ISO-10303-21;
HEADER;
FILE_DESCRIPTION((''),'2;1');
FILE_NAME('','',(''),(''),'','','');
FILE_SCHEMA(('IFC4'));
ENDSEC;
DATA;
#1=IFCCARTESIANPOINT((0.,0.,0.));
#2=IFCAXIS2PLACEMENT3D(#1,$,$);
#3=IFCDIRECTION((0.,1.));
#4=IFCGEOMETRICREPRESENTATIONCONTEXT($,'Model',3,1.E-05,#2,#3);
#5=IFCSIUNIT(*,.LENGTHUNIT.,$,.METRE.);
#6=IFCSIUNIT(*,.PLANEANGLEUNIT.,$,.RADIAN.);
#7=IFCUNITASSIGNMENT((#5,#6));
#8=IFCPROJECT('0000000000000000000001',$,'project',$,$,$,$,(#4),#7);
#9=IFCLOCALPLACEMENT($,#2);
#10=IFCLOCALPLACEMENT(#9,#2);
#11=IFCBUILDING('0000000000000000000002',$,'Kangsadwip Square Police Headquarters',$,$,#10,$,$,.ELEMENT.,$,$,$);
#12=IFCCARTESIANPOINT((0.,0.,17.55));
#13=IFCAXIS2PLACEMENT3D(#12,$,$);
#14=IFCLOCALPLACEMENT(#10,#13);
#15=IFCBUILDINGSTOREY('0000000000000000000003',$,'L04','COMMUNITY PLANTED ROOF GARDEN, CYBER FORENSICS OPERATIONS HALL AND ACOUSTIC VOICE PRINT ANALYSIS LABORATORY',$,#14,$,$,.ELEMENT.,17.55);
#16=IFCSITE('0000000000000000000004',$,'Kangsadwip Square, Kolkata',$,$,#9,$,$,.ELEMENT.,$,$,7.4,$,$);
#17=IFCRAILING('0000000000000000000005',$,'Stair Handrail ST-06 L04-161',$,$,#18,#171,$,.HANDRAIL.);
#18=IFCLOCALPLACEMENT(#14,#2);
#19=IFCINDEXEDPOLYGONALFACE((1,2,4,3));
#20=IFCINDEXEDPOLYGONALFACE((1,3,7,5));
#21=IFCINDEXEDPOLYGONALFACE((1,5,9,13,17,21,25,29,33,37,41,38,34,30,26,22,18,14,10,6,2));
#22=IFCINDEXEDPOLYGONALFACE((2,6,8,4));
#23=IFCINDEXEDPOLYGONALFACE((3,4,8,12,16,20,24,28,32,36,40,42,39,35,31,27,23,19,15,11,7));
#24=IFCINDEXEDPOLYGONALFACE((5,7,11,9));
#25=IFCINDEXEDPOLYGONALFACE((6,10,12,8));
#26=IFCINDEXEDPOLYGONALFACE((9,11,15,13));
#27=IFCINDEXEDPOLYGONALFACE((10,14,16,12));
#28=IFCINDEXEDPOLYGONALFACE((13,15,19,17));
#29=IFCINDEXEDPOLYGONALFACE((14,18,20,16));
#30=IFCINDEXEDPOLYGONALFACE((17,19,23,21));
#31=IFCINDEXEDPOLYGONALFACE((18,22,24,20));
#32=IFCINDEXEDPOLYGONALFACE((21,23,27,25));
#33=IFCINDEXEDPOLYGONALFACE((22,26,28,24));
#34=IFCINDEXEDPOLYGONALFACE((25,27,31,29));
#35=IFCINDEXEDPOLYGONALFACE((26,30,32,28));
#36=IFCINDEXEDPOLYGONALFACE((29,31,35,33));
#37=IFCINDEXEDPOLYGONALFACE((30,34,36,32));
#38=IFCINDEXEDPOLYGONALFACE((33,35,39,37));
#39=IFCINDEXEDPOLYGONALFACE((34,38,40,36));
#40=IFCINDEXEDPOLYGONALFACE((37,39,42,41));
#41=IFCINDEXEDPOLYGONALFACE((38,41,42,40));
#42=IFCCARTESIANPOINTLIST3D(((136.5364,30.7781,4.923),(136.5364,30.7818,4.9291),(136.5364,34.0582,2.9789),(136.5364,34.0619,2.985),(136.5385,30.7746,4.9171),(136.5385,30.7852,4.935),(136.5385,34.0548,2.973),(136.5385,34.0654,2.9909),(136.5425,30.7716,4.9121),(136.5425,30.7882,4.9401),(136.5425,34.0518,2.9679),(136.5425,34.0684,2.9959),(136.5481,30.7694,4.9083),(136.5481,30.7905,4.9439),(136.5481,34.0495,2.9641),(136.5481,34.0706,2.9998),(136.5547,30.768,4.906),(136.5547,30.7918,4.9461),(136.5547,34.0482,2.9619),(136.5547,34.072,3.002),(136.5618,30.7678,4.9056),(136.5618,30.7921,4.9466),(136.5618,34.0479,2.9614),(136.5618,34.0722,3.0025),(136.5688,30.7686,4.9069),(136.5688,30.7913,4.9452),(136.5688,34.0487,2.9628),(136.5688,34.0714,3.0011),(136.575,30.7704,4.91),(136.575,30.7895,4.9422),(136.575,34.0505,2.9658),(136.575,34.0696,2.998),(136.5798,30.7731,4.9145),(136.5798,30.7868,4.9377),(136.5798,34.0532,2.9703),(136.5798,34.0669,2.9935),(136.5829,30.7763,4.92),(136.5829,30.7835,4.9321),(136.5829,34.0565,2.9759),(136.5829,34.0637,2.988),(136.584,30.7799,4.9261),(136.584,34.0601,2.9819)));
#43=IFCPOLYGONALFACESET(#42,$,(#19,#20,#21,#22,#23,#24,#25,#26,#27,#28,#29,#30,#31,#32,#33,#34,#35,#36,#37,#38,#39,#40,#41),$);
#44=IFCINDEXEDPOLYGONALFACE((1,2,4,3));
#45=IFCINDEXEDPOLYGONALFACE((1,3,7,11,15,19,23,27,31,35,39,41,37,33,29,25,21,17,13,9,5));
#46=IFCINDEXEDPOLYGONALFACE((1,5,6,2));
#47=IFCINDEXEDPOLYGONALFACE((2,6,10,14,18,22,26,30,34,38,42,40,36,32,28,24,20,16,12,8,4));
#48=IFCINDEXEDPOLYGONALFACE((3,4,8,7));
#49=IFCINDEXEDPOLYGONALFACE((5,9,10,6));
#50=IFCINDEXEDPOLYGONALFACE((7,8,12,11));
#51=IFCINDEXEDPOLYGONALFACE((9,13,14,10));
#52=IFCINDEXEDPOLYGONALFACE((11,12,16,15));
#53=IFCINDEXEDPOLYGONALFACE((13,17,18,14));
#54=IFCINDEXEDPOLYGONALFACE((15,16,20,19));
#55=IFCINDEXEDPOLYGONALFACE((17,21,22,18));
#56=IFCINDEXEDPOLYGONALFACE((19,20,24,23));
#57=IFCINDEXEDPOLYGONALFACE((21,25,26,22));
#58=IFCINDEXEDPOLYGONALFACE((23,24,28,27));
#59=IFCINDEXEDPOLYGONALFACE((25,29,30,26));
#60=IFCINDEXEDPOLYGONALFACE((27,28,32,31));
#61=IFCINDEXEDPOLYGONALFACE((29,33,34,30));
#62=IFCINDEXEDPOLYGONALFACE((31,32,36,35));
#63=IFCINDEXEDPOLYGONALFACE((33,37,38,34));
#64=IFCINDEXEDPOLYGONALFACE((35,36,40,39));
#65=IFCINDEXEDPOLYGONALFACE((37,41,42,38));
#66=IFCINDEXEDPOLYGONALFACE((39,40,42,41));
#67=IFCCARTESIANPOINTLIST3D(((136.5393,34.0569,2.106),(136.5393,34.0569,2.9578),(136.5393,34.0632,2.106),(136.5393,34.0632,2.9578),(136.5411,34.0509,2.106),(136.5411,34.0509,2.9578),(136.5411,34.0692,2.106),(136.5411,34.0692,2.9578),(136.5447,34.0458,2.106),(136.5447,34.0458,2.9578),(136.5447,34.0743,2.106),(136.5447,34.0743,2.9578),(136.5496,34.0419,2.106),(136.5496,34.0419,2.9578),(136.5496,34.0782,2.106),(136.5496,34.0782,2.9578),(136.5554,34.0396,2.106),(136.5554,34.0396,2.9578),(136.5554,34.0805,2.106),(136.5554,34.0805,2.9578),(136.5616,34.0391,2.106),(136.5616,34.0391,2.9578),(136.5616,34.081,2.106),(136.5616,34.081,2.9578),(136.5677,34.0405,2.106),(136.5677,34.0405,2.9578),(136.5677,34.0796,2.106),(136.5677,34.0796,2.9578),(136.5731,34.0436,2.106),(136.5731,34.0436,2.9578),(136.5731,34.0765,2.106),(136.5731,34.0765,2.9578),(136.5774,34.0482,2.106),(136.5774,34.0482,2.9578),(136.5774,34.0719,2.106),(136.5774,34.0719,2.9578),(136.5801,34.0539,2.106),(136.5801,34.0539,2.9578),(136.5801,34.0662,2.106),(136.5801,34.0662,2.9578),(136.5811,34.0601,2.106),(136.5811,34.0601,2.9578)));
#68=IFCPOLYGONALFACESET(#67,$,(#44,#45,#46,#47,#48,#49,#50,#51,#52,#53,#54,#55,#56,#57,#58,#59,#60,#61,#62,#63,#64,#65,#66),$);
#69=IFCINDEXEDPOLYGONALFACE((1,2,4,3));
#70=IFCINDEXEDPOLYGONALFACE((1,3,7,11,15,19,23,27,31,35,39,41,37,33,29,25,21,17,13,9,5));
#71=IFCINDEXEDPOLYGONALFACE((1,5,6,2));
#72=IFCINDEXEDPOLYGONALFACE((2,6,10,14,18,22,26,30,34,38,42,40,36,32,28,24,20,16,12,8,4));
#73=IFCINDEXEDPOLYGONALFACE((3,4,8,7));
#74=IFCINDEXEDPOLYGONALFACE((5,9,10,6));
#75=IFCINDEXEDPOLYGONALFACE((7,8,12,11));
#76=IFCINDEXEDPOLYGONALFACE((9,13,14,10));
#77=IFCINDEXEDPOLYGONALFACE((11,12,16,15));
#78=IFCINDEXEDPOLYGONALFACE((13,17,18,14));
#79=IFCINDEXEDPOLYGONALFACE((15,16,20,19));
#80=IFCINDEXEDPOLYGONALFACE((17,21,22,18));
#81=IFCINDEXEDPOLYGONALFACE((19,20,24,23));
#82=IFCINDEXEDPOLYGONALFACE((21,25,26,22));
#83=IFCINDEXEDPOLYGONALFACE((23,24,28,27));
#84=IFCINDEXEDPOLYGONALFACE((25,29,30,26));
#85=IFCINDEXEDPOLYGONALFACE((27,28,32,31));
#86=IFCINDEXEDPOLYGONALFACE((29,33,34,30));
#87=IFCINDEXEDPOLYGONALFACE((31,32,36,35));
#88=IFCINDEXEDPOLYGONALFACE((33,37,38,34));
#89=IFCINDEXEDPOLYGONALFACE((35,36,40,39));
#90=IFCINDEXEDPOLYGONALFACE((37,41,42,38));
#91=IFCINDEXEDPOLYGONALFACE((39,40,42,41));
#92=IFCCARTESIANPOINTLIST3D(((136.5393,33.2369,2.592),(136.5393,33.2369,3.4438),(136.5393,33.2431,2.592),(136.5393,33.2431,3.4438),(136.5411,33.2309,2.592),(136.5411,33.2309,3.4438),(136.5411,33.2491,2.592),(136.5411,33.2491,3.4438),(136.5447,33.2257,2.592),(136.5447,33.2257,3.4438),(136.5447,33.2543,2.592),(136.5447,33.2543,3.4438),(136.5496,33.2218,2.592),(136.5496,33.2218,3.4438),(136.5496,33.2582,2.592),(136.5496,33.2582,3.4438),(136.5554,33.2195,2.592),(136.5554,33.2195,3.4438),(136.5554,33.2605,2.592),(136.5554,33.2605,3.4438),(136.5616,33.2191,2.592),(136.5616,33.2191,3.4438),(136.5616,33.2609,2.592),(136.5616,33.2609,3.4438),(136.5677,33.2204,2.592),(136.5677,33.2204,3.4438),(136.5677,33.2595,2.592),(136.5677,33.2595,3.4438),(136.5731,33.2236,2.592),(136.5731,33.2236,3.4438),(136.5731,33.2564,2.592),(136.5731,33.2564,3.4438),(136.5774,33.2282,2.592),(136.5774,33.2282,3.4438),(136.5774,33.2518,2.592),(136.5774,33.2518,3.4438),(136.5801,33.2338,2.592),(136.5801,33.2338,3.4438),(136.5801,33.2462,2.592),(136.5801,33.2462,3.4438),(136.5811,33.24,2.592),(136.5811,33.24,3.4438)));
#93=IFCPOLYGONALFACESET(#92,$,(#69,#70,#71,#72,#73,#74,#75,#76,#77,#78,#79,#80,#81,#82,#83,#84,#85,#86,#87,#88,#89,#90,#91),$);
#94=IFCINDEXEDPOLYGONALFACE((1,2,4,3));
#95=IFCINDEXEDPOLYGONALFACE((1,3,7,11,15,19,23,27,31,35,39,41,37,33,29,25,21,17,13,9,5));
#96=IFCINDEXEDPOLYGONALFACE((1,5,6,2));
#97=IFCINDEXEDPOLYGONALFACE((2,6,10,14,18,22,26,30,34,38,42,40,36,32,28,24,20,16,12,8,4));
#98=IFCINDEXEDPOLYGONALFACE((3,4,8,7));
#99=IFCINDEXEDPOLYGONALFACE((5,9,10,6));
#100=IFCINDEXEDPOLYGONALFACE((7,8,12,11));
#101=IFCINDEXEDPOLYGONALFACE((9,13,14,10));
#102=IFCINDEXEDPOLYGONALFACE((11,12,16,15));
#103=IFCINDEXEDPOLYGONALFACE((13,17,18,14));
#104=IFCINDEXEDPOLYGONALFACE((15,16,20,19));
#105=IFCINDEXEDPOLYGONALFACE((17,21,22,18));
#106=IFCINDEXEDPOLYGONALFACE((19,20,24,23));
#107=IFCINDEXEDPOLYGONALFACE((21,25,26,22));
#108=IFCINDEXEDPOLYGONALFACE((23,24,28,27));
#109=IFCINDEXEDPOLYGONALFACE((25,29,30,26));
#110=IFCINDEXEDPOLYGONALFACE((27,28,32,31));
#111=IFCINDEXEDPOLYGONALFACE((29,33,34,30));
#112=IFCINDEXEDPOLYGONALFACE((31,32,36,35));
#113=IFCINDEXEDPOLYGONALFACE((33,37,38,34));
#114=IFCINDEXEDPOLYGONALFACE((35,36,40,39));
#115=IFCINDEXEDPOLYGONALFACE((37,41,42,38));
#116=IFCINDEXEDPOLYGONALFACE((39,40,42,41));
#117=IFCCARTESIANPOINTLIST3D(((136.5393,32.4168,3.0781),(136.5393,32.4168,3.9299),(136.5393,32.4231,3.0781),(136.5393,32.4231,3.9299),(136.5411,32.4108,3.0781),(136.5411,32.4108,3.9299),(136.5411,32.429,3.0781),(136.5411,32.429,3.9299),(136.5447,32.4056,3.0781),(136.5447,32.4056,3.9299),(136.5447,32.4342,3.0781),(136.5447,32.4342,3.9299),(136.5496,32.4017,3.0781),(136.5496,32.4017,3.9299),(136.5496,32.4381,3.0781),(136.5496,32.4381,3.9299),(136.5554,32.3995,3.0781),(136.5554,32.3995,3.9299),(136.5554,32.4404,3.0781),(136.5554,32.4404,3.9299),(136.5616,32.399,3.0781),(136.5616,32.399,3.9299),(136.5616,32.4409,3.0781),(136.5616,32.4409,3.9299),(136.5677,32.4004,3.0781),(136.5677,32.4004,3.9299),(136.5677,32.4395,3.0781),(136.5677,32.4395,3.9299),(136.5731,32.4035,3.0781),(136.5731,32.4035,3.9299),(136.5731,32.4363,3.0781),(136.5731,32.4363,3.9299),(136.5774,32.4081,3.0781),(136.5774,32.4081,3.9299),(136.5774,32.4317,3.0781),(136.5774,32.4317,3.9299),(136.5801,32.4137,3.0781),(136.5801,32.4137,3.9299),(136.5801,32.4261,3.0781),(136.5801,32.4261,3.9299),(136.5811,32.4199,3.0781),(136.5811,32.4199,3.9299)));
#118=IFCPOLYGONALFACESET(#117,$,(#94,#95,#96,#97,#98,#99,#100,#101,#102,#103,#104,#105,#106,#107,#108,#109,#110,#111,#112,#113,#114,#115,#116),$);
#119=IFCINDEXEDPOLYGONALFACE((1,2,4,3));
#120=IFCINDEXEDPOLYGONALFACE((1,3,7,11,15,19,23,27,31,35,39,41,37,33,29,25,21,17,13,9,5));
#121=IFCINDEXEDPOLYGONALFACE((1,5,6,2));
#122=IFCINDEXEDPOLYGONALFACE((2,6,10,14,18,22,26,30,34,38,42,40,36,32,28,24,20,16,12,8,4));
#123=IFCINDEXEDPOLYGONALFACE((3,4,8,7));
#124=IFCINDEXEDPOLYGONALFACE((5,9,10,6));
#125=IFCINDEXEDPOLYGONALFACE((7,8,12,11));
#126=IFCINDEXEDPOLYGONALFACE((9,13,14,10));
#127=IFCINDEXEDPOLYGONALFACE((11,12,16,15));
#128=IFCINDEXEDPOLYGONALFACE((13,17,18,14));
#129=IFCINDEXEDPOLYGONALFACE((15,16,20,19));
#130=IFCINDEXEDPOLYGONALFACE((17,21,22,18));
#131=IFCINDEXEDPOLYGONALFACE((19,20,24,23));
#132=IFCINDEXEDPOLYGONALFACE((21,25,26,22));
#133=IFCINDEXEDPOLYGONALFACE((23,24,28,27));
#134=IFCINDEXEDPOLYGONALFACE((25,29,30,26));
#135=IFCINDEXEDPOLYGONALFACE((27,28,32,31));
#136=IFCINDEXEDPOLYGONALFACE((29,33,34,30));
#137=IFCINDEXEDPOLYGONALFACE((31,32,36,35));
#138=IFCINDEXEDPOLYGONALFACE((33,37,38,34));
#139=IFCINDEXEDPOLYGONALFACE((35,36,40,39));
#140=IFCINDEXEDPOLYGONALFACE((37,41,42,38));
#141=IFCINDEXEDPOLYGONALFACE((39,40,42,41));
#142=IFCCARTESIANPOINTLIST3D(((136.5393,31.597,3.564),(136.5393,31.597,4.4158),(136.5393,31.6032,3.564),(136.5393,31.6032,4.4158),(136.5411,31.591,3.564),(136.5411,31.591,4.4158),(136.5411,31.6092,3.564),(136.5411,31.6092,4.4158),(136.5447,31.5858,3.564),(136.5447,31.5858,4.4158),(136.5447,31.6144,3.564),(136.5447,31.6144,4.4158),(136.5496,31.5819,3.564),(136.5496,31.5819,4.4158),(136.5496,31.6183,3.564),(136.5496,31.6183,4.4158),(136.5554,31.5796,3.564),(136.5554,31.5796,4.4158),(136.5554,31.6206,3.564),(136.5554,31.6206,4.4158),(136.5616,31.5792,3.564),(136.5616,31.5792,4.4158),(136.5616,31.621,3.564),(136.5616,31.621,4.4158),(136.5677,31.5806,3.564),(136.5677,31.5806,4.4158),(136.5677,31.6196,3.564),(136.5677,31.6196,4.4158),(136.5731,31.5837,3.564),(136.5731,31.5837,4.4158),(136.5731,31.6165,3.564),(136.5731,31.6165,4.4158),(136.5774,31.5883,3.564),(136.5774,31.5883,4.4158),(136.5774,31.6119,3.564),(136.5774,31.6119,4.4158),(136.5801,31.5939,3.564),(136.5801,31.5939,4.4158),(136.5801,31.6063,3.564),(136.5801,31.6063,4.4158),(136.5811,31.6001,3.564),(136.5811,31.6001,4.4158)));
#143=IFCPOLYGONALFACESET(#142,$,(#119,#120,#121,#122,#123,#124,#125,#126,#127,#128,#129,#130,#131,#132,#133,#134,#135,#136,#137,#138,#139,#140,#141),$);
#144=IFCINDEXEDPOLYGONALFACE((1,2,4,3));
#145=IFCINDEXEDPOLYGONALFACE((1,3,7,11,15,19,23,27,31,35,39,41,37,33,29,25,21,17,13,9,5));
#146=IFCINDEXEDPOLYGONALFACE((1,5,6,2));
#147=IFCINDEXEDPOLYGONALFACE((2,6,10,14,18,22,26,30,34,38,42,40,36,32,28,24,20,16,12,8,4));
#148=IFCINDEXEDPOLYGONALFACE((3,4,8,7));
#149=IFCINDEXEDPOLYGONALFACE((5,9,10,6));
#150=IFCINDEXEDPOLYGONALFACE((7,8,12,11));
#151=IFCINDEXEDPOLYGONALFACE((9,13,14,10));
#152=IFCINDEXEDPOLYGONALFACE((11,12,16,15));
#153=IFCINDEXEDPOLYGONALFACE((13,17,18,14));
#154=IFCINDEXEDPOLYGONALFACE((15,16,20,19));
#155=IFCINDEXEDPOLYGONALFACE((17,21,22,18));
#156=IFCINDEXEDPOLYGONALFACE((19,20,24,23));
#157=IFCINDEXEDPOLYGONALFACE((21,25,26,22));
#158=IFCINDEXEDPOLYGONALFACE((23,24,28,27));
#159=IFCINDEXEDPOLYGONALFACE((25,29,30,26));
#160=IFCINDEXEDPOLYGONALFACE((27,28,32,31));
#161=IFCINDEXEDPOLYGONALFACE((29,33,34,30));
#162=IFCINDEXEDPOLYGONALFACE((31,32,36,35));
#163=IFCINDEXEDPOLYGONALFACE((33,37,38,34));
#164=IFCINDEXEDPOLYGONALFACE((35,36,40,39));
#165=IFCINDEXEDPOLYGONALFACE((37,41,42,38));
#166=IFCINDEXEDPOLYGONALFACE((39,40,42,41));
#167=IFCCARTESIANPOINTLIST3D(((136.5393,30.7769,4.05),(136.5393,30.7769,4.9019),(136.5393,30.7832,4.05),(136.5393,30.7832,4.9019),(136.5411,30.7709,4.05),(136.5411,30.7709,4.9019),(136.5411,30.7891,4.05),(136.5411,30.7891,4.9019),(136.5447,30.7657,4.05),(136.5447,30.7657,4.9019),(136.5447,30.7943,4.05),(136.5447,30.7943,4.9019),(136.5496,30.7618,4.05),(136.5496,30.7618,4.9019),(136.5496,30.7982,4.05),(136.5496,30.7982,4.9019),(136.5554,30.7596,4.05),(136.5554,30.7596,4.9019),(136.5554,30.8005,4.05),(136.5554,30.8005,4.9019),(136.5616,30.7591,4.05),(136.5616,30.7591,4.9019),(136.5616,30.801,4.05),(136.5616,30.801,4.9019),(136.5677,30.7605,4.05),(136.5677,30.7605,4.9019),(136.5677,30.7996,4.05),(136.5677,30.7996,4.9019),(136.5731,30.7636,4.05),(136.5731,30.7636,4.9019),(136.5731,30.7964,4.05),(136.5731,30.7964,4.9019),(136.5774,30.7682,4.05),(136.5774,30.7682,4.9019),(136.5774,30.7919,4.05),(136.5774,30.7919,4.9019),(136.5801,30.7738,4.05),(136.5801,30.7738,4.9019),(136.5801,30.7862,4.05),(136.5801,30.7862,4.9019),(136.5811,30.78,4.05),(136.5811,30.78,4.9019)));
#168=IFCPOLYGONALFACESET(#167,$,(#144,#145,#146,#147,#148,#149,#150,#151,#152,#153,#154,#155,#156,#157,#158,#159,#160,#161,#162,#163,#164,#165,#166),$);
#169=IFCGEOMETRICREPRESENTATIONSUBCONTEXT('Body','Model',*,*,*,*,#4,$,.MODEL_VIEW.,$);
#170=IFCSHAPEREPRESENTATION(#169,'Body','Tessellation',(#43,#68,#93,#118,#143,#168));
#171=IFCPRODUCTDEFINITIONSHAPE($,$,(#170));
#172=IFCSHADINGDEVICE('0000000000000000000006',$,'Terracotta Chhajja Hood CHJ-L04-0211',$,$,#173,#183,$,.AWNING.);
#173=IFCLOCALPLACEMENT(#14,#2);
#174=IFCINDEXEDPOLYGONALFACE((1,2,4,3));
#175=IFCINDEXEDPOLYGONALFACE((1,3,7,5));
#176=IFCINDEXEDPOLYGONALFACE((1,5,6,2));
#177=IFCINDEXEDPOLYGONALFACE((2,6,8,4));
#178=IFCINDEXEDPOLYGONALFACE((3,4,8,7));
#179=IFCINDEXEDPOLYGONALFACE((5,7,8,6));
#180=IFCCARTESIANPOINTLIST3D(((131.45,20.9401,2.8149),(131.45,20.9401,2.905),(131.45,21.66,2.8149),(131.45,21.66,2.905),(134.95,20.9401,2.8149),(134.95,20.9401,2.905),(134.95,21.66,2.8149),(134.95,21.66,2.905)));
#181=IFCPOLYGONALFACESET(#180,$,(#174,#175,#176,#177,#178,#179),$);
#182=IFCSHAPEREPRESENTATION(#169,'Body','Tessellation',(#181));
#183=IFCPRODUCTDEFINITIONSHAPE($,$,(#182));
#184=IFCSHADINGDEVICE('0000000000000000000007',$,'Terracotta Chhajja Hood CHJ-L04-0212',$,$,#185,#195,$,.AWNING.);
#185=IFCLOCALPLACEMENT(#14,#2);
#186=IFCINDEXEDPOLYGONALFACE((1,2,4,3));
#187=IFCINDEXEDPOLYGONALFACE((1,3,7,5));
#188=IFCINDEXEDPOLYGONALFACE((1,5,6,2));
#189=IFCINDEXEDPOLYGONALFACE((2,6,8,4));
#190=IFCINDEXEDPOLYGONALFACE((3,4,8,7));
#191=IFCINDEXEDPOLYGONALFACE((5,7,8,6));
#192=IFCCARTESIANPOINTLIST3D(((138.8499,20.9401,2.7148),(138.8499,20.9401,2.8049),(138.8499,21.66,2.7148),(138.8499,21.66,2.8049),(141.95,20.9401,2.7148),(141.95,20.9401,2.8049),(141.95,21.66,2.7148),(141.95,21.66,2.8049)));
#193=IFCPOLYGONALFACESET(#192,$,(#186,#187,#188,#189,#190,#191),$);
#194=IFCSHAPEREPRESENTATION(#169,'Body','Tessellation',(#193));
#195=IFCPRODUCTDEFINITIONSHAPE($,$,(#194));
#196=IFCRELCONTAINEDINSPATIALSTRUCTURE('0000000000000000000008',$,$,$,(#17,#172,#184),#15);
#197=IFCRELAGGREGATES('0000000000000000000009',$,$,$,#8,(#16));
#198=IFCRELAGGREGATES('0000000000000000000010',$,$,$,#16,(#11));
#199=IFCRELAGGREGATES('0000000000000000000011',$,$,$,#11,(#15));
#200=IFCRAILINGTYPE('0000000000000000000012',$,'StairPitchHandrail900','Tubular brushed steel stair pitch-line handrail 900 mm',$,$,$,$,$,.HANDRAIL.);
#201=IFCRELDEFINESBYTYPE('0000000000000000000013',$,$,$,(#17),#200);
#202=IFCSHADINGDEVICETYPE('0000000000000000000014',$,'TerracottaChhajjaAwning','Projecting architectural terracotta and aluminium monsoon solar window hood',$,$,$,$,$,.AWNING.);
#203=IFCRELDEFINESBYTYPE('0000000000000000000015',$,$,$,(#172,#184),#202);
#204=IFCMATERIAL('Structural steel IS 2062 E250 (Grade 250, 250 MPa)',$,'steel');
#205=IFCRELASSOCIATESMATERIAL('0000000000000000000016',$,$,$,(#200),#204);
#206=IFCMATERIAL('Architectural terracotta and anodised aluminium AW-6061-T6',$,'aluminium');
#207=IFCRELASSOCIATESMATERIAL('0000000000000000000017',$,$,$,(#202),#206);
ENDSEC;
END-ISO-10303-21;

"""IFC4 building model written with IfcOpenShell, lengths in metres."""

from ifc_helpers import new_model, si_unit, direction, frame, origin, origin_2d, place, context, subcontext, project, spatial, rectangle, circle, extrude, material, type_object, element, save


model = new_model("IFC4")

# Units and contexts
model_context = context("Model", 3, precision=1e-05, world=origin(), true_north=direction((0.0, 1.0)))
body_context = subcontext(model_context, "Body", "Model", "MODEL_VIEW")
ifc_project = project(units=[si_unit("LENGTHUNIT", "METRE"), si_unit("PLANEANGLEUNIT", "RADIAN")], contexts=[model_context])

# Site, building, storey
site_placement = place(None, origin())
site = spatial("IfcSite", under=ifc_project, at=site_placement, Name="Kangsadwip Square, Kolkata", CompositionType="ELEMENT", RefElevation=7.4)
building_placement = place(site_placement, origin())
building = spatial("IfcBuilding", under=site, at=building_placement, Name="Kangsadwip Square Police Headquarters", CompositionType="ELEMENT")
storey_placement = place(building_placement, frame((0.0, 0.0, 17.55)))
storey = spatial("IfcBuildingStorey", under=building, at=storey_placement, Name="L04", Description="COMMUNITY PLANTED ROOF GARDEN, CYBER FORENSICS OPERATIONS HALL AND ACOUSTIC VOICE PRINT ANALYSIS LABORATORY", CompositionType="ELEMENT", Elevation=17.55)

# Railing
ifc_material_1 = material(Name="Structural steel IS 2062 E250 (Grade 250, 250 MPa)", Category="steel")
railing_type_1 = type_object("IfcRailingType", Name="StairPitchHandrail900", Description="Tubular brushed steel stair pitch-line handrail 900 mm", PredefinedType="HANDRAIL", material=ifc_material_1)
railing_placement = place(storey_placement, frame((136.5601, 34.0601, 2.106)))
element("IfcRailing", 1, at=railing_placement, inside=storey, type_object=railing_type_1, Name="Stair Handrail ST-06 L04-161", PredefinedType="HANDRAIL", context=body_context, shape_type="SweptSolid", body=[
    extrude(circle(Radius=0.0239, at=origin_2d()), frame((0.0, 0.0, 0.876), z_axis=(0.0, -0.860249, 0.509874), x_axis=(1.0, 0.0, 0.0)), (0.0, 0.0, 1.0), 3.813),
    extrude(circle(Radius=0.021, at=origin_2d()), origin(), (0.0, 0.0, 1.0), 0.8518),
    extrude(circle(Radius=0.021, at=origin_2d()), frame((0.0, -0.8201, 0.4861)), (0.0, 0.0, 1.0), 0.8518),
    extrude(circle(Radius=0.021, at=origin_2d()), frame((0.0, -1.6401, 0.9722)), (0.0, 0.0, 1.0), 0.8518),
    extrude(circle(Radius=0.021, at=origin_2d()), frame((0.0, -2.46, 1.458)), (0.0, 0.0, 1.0), 0.8518),
    extrude(circle(Radius=0.021, at=origin_2d()), frame((0.0, -3.28, 1.9441)), (0.0, 0.0, 1.0), 0.8518),
])

# Shading devices
ifc_material_2 = material(Name="Architectural terracotta and anodised aluminium AW-6061-T6", Category="aluminium")
shading_device_type = type_object("IfcShadingDeviceType", Name="TerracottaChhajjaAwning", Description="Projecting architectural terracotta and aluminium monsoon solar window hood", PredefinedType="AWNING", material=ifc_material_2)
shading_device_1_placement = place(storey_placement, frame((133.2, 21.3, 2.8149), z_axis=(0.0, 0.0, 1.0), x_axis=(1.0, 0.0, 0.0)))
element("IfcShadingDevice", 2, at=shading_device_1_placement, inside=storey, type_object=shading_device_type, Name="Terracotta Chhajja Hood CHJ-L04-0211", PredefinedType="AWNING", context=body_context, shape_type="SweptSolid", body=[
    extrude(rectangle(XDim=3.5, YDim=0.72, at=origin_2d()), origin(), (0.0, 0.0, 1.0), 0.0901),
])
shading_device_2_placement = place(storey_placement, frame((140.3999, 21.3, 2.7148), z_axis=(0.0, 0.0, 1.0), x_axis=(1.0, 0.0, 0.0)))
element("IfcShadingDevice", 3, at=shading_device_2_placement, inside=storey, type_object=shading_device_type, Name="Terracotta Chhajja Hood CHJ-L04-0212", PredefinedType="AWNING", context=body_context, shape_type="SweptSolid", body=[
    extrude(rectangle(XDim=3.1001, YDim=0.72, at=origin_2d()), origin(), (0.0, 0.0, 1.0), 0.0901),
])

save(model, "model.ifc")
